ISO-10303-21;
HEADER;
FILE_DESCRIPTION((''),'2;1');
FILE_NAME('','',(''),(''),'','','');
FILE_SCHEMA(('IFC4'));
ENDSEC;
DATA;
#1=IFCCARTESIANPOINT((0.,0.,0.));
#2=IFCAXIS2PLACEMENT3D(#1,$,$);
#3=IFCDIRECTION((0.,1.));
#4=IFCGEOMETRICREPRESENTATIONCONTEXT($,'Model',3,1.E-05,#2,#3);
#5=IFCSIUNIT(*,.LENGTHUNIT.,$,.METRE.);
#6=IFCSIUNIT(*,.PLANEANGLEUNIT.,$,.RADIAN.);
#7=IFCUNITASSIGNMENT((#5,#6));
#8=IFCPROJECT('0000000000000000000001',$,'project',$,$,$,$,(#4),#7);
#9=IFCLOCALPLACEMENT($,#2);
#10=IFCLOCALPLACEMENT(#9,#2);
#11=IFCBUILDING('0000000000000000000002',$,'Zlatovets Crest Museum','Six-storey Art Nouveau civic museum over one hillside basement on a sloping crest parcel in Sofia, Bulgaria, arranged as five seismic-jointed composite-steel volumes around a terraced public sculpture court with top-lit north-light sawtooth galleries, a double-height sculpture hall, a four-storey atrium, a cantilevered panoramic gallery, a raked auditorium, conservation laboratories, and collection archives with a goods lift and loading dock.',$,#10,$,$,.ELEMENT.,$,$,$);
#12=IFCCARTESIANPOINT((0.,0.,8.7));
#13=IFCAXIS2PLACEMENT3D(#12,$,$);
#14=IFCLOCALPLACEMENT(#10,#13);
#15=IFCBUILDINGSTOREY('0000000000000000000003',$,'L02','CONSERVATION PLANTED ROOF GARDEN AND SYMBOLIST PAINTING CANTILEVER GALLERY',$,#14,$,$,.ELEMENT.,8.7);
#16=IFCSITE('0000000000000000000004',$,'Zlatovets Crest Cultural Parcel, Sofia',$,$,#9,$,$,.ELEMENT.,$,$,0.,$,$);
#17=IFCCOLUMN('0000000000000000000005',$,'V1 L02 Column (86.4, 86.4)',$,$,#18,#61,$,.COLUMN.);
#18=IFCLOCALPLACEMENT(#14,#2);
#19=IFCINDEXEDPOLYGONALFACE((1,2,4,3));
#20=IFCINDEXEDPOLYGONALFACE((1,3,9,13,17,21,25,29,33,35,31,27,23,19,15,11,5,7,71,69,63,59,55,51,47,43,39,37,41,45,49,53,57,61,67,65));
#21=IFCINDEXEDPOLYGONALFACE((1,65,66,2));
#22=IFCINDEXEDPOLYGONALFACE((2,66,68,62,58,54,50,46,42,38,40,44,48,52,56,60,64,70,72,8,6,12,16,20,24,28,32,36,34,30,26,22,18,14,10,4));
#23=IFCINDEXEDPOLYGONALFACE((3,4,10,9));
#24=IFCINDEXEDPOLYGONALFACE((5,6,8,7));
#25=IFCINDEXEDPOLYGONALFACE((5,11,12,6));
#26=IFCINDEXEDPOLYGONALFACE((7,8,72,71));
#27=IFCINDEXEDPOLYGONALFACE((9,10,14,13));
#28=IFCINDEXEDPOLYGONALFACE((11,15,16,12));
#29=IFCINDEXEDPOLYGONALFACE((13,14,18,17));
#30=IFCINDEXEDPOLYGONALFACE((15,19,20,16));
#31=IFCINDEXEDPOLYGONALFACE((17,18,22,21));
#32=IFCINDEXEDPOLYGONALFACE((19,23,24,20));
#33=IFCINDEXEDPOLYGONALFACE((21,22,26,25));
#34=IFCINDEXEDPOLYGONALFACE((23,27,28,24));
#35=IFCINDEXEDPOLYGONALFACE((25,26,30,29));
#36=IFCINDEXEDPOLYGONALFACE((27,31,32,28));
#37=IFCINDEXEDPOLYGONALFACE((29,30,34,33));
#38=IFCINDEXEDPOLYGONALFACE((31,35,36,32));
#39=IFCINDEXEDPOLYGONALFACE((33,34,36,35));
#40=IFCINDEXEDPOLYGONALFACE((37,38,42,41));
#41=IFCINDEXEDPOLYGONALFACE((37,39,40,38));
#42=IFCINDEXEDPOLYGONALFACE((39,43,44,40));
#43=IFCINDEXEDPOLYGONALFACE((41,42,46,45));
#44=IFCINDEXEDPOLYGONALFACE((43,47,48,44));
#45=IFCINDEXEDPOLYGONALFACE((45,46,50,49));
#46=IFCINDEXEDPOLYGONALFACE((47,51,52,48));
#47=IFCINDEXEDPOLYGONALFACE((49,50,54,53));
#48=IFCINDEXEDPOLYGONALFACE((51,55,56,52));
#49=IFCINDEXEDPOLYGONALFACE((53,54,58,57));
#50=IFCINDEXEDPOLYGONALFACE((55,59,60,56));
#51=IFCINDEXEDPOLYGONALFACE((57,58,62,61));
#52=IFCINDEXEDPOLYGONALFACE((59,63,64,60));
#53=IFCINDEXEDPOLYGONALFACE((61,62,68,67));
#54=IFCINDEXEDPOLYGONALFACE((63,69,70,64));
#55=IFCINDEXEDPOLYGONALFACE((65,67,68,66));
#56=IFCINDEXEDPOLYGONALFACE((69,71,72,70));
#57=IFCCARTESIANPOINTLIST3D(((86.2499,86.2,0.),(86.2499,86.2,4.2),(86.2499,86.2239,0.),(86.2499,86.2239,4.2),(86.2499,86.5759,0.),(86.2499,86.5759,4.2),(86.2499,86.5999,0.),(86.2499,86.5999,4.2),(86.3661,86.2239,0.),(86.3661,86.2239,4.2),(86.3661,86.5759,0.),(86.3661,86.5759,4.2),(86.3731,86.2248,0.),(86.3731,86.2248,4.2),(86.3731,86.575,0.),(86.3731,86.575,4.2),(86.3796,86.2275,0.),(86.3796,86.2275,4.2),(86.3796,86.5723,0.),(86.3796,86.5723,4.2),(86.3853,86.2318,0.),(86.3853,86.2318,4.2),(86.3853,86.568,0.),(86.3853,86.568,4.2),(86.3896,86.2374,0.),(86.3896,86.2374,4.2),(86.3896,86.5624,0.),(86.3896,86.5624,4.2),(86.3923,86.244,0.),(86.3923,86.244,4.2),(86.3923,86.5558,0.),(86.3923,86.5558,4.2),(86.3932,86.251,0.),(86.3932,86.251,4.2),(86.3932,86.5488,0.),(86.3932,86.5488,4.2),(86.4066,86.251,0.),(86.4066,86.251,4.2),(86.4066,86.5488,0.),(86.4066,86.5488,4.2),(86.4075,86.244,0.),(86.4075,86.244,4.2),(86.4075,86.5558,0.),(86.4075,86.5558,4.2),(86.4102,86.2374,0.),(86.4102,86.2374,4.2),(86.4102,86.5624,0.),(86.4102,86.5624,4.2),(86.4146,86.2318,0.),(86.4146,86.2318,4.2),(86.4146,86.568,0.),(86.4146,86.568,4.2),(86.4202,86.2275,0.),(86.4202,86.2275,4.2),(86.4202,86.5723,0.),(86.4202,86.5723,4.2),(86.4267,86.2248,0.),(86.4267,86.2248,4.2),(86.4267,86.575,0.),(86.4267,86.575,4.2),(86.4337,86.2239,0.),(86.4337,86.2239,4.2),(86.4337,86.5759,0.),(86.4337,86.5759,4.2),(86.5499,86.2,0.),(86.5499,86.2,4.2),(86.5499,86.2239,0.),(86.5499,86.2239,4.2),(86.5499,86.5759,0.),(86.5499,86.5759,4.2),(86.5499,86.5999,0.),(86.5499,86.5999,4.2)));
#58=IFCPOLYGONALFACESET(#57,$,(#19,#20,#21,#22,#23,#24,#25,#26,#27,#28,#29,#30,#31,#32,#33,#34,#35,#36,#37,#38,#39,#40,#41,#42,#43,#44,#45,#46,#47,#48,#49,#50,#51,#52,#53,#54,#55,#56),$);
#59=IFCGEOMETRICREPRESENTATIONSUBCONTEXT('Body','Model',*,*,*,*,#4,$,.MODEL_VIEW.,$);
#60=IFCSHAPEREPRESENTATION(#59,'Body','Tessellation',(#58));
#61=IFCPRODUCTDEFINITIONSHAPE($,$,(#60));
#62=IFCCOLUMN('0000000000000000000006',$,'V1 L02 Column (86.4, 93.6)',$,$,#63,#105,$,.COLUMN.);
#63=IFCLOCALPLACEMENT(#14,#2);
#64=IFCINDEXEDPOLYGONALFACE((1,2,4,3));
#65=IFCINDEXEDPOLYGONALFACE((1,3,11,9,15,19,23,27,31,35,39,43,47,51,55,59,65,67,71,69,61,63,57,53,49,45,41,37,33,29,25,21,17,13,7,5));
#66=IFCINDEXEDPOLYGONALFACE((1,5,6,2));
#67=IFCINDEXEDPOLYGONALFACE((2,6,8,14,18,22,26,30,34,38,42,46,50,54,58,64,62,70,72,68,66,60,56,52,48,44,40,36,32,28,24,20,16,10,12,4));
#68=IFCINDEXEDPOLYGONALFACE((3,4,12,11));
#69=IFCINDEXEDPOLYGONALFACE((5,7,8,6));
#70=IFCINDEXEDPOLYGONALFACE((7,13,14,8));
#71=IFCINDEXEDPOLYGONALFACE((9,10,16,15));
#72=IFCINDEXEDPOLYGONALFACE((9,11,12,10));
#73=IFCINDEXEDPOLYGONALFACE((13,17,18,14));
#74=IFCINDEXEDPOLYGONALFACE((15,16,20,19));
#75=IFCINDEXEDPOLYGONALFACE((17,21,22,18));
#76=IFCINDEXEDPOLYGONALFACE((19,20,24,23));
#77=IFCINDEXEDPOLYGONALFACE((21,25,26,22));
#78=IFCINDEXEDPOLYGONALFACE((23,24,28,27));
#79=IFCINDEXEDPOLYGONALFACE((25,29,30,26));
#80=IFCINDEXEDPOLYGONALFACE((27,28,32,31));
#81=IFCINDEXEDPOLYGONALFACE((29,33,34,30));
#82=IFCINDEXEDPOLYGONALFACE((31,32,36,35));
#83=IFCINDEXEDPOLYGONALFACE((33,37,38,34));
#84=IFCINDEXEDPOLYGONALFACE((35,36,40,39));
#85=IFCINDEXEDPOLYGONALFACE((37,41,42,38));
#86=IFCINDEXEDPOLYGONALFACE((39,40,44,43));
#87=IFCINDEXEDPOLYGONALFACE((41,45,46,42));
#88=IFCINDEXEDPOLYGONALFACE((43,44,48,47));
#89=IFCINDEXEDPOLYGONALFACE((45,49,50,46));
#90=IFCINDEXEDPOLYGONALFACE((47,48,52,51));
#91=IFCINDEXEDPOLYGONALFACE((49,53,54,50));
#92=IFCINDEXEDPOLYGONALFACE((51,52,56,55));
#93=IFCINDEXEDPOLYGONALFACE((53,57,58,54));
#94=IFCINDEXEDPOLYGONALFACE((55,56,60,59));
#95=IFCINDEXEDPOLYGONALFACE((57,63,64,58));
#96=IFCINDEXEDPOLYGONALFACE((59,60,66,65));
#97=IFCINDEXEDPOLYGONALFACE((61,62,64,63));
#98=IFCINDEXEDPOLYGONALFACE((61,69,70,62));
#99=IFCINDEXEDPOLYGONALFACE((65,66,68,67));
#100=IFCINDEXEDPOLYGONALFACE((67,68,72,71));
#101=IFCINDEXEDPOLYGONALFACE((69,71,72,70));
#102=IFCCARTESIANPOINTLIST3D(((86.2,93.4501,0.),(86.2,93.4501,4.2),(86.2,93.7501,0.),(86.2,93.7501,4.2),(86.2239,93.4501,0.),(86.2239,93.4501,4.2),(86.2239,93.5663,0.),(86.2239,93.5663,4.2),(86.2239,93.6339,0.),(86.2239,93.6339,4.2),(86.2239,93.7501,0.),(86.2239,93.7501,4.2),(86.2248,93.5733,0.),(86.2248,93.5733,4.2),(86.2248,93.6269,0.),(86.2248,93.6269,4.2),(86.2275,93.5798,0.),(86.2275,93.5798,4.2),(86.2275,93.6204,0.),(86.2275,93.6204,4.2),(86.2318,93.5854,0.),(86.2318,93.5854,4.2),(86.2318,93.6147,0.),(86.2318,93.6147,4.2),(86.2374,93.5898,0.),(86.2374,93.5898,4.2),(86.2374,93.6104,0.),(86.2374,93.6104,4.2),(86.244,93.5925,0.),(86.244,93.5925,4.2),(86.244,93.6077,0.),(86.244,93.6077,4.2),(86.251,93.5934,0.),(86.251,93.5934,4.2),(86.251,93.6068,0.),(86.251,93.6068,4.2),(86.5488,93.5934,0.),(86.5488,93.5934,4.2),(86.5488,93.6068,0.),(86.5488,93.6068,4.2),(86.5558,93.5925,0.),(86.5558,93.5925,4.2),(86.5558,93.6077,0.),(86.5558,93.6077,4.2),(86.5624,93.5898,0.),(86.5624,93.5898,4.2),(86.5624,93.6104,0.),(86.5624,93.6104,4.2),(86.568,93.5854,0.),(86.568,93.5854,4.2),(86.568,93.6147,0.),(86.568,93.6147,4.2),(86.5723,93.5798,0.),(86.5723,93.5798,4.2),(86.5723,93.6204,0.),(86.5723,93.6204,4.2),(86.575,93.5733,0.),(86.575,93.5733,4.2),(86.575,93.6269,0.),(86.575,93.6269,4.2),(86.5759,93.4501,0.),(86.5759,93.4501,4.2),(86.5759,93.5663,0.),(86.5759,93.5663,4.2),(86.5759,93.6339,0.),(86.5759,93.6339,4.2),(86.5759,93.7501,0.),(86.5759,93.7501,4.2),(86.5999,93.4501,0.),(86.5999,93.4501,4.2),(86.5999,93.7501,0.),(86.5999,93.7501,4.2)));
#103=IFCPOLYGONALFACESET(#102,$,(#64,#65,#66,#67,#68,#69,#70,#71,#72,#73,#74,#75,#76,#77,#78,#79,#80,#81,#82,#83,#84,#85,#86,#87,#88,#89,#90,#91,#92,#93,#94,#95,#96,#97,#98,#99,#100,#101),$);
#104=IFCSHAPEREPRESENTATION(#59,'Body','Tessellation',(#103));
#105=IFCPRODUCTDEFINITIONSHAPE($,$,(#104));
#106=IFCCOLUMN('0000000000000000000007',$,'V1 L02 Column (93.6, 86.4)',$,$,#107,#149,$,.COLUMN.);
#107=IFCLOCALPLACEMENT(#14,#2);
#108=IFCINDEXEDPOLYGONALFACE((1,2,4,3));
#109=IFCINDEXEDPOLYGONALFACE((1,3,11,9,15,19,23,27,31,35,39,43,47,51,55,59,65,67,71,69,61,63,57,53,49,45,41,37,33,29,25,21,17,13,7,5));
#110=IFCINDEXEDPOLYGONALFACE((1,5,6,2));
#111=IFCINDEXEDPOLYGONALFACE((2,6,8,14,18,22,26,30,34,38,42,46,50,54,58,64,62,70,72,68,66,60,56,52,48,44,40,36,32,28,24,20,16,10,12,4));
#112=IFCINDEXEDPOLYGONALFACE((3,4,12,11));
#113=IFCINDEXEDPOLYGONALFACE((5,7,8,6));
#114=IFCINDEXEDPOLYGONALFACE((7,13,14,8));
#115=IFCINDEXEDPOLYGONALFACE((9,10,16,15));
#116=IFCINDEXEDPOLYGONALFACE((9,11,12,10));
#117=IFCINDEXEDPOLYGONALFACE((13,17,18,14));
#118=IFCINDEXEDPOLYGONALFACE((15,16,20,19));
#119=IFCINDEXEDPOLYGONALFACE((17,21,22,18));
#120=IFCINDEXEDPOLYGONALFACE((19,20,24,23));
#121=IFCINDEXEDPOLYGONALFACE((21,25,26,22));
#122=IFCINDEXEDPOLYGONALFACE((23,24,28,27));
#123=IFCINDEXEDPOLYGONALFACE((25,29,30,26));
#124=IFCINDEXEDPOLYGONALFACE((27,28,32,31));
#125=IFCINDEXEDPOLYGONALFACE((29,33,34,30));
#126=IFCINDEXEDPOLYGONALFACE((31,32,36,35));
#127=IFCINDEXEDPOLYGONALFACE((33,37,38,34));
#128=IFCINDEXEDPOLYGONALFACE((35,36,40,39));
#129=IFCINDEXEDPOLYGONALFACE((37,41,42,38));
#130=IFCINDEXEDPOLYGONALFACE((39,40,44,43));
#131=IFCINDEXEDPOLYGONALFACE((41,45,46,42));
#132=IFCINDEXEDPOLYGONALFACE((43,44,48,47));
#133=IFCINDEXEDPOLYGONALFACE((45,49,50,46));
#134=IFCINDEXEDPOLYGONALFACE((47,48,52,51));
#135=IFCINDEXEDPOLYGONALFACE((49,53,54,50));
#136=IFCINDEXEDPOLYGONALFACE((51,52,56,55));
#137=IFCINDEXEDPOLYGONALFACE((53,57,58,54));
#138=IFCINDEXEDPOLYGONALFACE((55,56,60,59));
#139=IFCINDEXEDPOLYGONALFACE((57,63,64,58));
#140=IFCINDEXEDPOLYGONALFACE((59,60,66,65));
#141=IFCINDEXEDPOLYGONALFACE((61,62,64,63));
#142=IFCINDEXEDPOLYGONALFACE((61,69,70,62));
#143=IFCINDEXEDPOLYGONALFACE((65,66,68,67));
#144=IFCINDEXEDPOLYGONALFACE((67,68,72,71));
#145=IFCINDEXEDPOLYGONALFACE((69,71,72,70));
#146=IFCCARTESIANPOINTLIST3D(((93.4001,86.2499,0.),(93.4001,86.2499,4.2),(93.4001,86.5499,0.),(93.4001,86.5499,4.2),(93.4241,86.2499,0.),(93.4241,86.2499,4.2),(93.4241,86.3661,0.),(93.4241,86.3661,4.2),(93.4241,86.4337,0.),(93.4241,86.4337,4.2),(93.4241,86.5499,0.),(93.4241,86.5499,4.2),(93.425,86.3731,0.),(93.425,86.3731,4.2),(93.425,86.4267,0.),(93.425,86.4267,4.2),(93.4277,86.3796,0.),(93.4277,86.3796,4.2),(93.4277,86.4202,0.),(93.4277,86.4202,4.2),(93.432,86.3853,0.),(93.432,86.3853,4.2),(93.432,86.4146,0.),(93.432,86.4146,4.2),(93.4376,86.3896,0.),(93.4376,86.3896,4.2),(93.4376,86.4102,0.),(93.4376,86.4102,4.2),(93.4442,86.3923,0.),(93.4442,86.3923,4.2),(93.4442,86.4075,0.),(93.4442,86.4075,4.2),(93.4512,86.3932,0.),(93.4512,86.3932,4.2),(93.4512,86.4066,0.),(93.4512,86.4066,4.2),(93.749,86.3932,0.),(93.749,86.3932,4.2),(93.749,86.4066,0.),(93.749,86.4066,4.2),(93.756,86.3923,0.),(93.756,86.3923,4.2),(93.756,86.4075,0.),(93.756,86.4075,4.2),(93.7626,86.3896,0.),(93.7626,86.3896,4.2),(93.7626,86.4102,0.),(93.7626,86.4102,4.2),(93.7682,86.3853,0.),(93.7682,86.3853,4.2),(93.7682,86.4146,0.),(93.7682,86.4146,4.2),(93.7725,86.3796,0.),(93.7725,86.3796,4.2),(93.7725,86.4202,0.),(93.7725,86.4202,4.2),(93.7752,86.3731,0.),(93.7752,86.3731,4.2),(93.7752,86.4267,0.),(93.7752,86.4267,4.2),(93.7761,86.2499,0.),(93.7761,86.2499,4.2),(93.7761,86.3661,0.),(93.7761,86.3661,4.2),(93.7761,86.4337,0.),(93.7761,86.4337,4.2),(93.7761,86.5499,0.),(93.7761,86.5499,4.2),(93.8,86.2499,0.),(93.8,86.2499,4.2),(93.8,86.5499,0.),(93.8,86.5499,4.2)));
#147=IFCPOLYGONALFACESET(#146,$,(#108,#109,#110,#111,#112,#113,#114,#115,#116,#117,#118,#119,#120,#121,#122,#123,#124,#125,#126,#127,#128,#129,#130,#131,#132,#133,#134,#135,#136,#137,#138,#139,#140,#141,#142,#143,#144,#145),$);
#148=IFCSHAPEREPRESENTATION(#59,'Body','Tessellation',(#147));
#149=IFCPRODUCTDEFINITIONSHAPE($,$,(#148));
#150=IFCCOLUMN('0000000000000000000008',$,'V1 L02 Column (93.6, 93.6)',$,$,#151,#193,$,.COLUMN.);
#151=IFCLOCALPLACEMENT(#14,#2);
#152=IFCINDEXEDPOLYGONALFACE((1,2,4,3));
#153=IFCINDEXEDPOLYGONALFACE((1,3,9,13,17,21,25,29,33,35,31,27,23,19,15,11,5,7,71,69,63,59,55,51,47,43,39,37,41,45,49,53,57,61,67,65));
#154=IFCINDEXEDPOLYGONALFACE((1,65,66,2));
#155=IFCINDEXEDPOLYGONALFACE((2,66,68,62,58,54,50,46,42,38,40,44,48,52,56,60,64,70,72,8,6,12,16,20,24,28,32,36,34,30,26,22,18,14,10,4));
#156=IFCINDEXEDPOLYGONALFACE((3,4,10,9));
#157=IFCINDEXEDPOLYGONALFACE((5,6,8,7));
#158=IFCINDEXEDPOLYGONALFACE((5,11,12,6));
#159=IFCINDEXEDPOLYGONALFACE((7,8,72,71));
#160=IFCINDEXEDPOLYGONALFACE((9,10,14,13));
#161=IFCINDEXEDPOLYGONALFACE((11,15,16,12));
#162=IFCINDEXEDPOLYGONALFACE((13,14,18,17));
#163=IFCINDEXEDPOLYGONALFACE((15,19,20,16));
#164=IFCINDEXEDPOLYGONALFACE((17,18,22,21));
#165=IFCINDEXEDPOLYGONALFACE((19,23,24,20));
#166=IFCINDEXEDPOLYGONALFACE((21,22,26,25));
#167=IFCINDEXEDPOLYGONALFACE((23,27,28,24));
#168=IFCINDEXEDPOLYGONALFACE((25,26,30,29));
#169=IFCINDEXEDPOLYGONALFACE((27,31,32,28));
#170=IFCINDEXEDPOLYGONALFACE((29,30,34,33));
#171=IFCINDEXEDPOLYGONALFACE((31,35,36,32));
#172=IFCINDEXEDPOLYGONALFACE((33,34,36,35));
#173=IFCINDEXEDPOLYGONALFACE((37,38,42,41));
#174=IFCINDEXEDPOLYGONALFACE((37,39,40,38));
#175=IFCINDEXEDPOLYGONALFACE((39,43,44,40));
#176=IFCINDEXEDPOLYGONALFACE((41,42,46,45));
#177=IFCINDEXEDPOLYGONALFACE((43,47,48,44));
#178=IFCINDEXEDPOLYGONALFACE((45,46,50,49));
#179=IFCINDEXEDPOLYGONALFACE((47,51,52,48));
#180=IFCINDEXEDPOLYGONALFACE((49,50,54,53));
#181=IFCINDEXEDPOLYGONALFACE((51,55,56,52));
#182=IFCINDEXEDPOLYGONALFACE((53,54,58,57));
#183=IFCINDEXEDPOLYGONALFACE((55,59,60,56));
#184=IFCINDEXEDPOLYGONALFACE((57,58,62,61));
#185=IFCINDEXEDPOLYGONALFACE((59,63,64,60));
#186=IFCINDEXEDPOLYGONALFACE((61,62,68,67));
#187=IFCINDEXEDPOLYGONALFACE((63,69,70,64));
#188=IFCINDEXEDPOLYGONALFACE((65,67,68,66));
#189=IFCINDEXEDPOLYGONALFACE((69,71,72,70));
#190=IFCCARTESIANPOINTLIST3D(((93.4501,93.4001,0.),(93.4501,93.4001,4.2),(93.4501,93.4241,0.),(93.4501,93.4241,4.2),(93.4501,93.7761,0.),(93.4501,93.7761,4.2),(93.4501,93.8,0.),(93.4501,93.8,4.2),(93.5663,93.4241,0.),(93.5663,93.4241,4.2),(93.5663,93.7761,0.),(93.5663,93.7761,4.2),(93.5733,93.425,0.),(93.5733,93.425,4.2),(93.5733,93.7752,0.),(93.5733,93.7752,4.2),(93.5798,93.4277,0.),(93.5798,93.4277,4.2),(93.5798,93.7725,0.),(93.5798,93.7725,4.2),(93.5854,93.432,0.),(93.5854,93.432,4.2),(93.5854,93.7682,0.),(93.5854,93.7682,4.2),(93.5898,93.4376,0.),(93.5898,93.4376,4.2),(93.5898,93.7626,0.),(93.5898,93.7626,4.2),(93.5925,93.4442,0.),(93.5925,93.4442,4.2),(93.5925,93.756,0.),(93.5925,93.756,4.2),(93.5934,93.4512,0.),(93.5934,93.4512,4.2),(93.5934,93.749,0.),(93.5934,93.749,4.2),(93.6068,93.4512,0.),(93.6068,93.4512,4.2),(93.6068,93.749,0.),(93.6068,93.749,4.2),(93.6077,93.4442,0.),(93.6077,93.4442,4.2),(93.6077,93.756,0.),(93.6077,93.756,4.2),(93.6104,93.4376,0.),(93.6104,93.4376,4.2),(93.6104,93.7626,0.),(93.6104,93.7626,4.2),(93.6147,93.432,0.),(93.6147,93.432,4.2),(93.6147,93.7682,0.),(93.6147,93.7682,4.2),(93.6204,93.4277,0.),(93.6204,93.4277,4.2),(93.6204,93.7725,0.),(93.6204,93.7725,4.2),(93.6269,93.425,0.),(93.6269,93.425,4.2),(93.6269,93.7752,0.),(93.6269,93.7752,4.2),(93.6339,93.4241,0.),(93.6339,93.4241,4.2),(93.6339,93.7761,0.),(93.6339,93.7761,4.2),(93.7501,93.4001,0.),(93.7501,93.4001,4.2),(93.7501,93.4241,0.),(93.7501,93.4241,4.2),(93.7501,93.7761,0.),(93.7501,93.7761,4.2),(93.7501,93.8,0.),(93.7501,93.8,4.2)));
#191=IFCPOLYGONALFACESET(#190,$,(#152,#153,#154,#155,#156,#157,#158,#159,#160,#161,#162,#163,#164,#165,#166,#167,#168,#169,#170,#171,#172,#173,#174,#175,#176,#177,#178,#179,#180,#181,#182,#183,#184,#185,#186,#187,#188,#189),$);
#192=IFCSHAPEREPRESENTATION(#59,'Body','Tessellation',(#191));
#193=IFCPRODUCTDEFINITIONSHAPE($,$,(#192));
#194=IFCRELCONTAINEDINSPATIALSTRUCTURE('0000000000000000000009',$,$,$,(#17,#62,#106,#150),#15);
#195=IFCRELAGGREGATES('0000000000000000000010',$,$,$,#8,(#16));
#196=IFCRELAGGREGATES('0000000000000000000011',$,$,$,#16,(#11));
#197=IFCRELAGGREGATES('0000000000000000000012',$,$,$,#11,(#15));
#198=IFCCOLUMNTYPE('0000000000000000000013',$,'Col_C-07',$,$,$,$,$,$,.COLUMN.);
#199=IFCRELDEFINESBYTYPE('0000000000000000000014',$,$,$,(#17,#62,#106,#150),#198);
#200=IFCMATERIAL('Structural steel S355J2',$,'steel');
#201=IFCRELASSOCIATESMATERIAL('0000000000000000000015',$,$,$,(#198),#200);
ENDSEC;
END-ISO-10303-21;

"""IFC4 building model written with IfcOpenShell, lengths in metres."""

from ifc_helpers import new_model, si_unit, direction, frame, origin, origin_2d, place, context, subcontext, project, spatial, i_section, extrude, material, material_profile, profile_set, type_object, element, save


model = new_model("IFC4")

# Units and contexts
model_context = context("Model", 3, precision=1e-05, world=origin(), true_north=direction((0.0, 1.0)))
body_context = subcontext(model_context, "Body", "Model", "MODEL_VIEW")
ifc_project = project(units=[si_unit("LENGTHUNIT", "METRE"), si_unit("PLANEANGLEUNIT", "RADIAN")], contexts=[model_context])

# Site, building, storey
site_placement = place(None, origin())
site = spatial("IfcSite", under=ifc_project, at=site_placement, Name="Zlatovets Crest Cultural Parcel, Sofia", CompositionType="ELEMENT", RefElevation=0.0)
building_placement = place(site_placement, origin())
building = spatial("IfcBuilding", under=site, at=building_placement, Name="Zlatovets Crest Museum", Description="Six-storey Art Nouveau civic museum over one hillside basement on a sloping crest parcel in Sofia, Bulgaria, arranged as five seismic-jointed composite-steel volumes around a terraced public sculpture court with top-lit north-light sawtooth galleries, a double-height sculpture hall, a four-storey atrium, a cantilevered panoramic gallery, a raked auditorium, conservation laboratories, and collection archives with a goods lift and loading dock.", CompositionType="ELEMENT")
storey_placement = place(building_placement, frame((0.0, 0.0, 8.7)))
storey = spatial("IfcBuildingStorey", under=building, at=storey_placement, Name="L02", Description="CONSERVATION PLANTED ROOF GARDEN AND SYMBOLIST PAINTING CANTILEVER GALLERY", CompositionType="ELEMENT", Elevation=8.7)

# Columns
ifc_material_1 = material(Name="Structural steel S355J2", Category="steel")
ifc_material_profile_1 = material_profile(ifc_material_1, i_section(OverallWidth=0.3, OverallDepth=0.3999, WebThickness=0.0134, FlangeThickness=0.0239, FilletRadius=0.0271, at=origin_2d()), Name="HEB 400")
ifc_profile_set_1 = profile_set([ifc_material_profile_1], Name="Structural steel S355J2")
column_type = type_object("IfcColumnType", Name="Col_C-07", PredefinedType="COLUMN", material=ifc_profile_set_1)
for number, where, z_axis, x_axis, name in (
    (1, (86.3999, 86.3999, 0.0), (0.0, 0.0, 1.0), (1.0, 0.0, 0.0), "V1 L02 Column (86.4, 86.4)"),
    (2, (86.3999, 93.6001, 0.0), (0.0, 0.0, 1.0), (0.0, 1.0, 0.0), "V1 L02 Column (86.4, 93.6)"),
    (3, (93.6001, 86.3999, 0.0), (0.0, 0.0, 1.0), (0.0, 1.0, 0.0), "V1 L02 Column (93.6, 86.4)"),
    (4, (93.6001, 93.6001, 0.0), (0.0, 0.0, 1.0), (1.0, 0.0, 0.0), "V1 L02 Column (93.6, 93.6)"),
):
    element("IfcColumn", number, at=place(storey_placement, frame(where, z_axis=z_axis, x_axis=x_axis)), inside=storey, type_object=column_type, Name=name, PredefinedType="COLUMN", context=body_context, shape_type="SweptSolid", body=[
        extrude(i_section(OverallWidth=0.3, OverallDepth=0.3999, WebThickness=0.0134, FlangeThickness=0.0239, FilletRadius=0.0271, at=origin_2d()), origin(), (0.0, 0.0, 1.0), 4.2),
    ])

save(model, "model.ifc")
